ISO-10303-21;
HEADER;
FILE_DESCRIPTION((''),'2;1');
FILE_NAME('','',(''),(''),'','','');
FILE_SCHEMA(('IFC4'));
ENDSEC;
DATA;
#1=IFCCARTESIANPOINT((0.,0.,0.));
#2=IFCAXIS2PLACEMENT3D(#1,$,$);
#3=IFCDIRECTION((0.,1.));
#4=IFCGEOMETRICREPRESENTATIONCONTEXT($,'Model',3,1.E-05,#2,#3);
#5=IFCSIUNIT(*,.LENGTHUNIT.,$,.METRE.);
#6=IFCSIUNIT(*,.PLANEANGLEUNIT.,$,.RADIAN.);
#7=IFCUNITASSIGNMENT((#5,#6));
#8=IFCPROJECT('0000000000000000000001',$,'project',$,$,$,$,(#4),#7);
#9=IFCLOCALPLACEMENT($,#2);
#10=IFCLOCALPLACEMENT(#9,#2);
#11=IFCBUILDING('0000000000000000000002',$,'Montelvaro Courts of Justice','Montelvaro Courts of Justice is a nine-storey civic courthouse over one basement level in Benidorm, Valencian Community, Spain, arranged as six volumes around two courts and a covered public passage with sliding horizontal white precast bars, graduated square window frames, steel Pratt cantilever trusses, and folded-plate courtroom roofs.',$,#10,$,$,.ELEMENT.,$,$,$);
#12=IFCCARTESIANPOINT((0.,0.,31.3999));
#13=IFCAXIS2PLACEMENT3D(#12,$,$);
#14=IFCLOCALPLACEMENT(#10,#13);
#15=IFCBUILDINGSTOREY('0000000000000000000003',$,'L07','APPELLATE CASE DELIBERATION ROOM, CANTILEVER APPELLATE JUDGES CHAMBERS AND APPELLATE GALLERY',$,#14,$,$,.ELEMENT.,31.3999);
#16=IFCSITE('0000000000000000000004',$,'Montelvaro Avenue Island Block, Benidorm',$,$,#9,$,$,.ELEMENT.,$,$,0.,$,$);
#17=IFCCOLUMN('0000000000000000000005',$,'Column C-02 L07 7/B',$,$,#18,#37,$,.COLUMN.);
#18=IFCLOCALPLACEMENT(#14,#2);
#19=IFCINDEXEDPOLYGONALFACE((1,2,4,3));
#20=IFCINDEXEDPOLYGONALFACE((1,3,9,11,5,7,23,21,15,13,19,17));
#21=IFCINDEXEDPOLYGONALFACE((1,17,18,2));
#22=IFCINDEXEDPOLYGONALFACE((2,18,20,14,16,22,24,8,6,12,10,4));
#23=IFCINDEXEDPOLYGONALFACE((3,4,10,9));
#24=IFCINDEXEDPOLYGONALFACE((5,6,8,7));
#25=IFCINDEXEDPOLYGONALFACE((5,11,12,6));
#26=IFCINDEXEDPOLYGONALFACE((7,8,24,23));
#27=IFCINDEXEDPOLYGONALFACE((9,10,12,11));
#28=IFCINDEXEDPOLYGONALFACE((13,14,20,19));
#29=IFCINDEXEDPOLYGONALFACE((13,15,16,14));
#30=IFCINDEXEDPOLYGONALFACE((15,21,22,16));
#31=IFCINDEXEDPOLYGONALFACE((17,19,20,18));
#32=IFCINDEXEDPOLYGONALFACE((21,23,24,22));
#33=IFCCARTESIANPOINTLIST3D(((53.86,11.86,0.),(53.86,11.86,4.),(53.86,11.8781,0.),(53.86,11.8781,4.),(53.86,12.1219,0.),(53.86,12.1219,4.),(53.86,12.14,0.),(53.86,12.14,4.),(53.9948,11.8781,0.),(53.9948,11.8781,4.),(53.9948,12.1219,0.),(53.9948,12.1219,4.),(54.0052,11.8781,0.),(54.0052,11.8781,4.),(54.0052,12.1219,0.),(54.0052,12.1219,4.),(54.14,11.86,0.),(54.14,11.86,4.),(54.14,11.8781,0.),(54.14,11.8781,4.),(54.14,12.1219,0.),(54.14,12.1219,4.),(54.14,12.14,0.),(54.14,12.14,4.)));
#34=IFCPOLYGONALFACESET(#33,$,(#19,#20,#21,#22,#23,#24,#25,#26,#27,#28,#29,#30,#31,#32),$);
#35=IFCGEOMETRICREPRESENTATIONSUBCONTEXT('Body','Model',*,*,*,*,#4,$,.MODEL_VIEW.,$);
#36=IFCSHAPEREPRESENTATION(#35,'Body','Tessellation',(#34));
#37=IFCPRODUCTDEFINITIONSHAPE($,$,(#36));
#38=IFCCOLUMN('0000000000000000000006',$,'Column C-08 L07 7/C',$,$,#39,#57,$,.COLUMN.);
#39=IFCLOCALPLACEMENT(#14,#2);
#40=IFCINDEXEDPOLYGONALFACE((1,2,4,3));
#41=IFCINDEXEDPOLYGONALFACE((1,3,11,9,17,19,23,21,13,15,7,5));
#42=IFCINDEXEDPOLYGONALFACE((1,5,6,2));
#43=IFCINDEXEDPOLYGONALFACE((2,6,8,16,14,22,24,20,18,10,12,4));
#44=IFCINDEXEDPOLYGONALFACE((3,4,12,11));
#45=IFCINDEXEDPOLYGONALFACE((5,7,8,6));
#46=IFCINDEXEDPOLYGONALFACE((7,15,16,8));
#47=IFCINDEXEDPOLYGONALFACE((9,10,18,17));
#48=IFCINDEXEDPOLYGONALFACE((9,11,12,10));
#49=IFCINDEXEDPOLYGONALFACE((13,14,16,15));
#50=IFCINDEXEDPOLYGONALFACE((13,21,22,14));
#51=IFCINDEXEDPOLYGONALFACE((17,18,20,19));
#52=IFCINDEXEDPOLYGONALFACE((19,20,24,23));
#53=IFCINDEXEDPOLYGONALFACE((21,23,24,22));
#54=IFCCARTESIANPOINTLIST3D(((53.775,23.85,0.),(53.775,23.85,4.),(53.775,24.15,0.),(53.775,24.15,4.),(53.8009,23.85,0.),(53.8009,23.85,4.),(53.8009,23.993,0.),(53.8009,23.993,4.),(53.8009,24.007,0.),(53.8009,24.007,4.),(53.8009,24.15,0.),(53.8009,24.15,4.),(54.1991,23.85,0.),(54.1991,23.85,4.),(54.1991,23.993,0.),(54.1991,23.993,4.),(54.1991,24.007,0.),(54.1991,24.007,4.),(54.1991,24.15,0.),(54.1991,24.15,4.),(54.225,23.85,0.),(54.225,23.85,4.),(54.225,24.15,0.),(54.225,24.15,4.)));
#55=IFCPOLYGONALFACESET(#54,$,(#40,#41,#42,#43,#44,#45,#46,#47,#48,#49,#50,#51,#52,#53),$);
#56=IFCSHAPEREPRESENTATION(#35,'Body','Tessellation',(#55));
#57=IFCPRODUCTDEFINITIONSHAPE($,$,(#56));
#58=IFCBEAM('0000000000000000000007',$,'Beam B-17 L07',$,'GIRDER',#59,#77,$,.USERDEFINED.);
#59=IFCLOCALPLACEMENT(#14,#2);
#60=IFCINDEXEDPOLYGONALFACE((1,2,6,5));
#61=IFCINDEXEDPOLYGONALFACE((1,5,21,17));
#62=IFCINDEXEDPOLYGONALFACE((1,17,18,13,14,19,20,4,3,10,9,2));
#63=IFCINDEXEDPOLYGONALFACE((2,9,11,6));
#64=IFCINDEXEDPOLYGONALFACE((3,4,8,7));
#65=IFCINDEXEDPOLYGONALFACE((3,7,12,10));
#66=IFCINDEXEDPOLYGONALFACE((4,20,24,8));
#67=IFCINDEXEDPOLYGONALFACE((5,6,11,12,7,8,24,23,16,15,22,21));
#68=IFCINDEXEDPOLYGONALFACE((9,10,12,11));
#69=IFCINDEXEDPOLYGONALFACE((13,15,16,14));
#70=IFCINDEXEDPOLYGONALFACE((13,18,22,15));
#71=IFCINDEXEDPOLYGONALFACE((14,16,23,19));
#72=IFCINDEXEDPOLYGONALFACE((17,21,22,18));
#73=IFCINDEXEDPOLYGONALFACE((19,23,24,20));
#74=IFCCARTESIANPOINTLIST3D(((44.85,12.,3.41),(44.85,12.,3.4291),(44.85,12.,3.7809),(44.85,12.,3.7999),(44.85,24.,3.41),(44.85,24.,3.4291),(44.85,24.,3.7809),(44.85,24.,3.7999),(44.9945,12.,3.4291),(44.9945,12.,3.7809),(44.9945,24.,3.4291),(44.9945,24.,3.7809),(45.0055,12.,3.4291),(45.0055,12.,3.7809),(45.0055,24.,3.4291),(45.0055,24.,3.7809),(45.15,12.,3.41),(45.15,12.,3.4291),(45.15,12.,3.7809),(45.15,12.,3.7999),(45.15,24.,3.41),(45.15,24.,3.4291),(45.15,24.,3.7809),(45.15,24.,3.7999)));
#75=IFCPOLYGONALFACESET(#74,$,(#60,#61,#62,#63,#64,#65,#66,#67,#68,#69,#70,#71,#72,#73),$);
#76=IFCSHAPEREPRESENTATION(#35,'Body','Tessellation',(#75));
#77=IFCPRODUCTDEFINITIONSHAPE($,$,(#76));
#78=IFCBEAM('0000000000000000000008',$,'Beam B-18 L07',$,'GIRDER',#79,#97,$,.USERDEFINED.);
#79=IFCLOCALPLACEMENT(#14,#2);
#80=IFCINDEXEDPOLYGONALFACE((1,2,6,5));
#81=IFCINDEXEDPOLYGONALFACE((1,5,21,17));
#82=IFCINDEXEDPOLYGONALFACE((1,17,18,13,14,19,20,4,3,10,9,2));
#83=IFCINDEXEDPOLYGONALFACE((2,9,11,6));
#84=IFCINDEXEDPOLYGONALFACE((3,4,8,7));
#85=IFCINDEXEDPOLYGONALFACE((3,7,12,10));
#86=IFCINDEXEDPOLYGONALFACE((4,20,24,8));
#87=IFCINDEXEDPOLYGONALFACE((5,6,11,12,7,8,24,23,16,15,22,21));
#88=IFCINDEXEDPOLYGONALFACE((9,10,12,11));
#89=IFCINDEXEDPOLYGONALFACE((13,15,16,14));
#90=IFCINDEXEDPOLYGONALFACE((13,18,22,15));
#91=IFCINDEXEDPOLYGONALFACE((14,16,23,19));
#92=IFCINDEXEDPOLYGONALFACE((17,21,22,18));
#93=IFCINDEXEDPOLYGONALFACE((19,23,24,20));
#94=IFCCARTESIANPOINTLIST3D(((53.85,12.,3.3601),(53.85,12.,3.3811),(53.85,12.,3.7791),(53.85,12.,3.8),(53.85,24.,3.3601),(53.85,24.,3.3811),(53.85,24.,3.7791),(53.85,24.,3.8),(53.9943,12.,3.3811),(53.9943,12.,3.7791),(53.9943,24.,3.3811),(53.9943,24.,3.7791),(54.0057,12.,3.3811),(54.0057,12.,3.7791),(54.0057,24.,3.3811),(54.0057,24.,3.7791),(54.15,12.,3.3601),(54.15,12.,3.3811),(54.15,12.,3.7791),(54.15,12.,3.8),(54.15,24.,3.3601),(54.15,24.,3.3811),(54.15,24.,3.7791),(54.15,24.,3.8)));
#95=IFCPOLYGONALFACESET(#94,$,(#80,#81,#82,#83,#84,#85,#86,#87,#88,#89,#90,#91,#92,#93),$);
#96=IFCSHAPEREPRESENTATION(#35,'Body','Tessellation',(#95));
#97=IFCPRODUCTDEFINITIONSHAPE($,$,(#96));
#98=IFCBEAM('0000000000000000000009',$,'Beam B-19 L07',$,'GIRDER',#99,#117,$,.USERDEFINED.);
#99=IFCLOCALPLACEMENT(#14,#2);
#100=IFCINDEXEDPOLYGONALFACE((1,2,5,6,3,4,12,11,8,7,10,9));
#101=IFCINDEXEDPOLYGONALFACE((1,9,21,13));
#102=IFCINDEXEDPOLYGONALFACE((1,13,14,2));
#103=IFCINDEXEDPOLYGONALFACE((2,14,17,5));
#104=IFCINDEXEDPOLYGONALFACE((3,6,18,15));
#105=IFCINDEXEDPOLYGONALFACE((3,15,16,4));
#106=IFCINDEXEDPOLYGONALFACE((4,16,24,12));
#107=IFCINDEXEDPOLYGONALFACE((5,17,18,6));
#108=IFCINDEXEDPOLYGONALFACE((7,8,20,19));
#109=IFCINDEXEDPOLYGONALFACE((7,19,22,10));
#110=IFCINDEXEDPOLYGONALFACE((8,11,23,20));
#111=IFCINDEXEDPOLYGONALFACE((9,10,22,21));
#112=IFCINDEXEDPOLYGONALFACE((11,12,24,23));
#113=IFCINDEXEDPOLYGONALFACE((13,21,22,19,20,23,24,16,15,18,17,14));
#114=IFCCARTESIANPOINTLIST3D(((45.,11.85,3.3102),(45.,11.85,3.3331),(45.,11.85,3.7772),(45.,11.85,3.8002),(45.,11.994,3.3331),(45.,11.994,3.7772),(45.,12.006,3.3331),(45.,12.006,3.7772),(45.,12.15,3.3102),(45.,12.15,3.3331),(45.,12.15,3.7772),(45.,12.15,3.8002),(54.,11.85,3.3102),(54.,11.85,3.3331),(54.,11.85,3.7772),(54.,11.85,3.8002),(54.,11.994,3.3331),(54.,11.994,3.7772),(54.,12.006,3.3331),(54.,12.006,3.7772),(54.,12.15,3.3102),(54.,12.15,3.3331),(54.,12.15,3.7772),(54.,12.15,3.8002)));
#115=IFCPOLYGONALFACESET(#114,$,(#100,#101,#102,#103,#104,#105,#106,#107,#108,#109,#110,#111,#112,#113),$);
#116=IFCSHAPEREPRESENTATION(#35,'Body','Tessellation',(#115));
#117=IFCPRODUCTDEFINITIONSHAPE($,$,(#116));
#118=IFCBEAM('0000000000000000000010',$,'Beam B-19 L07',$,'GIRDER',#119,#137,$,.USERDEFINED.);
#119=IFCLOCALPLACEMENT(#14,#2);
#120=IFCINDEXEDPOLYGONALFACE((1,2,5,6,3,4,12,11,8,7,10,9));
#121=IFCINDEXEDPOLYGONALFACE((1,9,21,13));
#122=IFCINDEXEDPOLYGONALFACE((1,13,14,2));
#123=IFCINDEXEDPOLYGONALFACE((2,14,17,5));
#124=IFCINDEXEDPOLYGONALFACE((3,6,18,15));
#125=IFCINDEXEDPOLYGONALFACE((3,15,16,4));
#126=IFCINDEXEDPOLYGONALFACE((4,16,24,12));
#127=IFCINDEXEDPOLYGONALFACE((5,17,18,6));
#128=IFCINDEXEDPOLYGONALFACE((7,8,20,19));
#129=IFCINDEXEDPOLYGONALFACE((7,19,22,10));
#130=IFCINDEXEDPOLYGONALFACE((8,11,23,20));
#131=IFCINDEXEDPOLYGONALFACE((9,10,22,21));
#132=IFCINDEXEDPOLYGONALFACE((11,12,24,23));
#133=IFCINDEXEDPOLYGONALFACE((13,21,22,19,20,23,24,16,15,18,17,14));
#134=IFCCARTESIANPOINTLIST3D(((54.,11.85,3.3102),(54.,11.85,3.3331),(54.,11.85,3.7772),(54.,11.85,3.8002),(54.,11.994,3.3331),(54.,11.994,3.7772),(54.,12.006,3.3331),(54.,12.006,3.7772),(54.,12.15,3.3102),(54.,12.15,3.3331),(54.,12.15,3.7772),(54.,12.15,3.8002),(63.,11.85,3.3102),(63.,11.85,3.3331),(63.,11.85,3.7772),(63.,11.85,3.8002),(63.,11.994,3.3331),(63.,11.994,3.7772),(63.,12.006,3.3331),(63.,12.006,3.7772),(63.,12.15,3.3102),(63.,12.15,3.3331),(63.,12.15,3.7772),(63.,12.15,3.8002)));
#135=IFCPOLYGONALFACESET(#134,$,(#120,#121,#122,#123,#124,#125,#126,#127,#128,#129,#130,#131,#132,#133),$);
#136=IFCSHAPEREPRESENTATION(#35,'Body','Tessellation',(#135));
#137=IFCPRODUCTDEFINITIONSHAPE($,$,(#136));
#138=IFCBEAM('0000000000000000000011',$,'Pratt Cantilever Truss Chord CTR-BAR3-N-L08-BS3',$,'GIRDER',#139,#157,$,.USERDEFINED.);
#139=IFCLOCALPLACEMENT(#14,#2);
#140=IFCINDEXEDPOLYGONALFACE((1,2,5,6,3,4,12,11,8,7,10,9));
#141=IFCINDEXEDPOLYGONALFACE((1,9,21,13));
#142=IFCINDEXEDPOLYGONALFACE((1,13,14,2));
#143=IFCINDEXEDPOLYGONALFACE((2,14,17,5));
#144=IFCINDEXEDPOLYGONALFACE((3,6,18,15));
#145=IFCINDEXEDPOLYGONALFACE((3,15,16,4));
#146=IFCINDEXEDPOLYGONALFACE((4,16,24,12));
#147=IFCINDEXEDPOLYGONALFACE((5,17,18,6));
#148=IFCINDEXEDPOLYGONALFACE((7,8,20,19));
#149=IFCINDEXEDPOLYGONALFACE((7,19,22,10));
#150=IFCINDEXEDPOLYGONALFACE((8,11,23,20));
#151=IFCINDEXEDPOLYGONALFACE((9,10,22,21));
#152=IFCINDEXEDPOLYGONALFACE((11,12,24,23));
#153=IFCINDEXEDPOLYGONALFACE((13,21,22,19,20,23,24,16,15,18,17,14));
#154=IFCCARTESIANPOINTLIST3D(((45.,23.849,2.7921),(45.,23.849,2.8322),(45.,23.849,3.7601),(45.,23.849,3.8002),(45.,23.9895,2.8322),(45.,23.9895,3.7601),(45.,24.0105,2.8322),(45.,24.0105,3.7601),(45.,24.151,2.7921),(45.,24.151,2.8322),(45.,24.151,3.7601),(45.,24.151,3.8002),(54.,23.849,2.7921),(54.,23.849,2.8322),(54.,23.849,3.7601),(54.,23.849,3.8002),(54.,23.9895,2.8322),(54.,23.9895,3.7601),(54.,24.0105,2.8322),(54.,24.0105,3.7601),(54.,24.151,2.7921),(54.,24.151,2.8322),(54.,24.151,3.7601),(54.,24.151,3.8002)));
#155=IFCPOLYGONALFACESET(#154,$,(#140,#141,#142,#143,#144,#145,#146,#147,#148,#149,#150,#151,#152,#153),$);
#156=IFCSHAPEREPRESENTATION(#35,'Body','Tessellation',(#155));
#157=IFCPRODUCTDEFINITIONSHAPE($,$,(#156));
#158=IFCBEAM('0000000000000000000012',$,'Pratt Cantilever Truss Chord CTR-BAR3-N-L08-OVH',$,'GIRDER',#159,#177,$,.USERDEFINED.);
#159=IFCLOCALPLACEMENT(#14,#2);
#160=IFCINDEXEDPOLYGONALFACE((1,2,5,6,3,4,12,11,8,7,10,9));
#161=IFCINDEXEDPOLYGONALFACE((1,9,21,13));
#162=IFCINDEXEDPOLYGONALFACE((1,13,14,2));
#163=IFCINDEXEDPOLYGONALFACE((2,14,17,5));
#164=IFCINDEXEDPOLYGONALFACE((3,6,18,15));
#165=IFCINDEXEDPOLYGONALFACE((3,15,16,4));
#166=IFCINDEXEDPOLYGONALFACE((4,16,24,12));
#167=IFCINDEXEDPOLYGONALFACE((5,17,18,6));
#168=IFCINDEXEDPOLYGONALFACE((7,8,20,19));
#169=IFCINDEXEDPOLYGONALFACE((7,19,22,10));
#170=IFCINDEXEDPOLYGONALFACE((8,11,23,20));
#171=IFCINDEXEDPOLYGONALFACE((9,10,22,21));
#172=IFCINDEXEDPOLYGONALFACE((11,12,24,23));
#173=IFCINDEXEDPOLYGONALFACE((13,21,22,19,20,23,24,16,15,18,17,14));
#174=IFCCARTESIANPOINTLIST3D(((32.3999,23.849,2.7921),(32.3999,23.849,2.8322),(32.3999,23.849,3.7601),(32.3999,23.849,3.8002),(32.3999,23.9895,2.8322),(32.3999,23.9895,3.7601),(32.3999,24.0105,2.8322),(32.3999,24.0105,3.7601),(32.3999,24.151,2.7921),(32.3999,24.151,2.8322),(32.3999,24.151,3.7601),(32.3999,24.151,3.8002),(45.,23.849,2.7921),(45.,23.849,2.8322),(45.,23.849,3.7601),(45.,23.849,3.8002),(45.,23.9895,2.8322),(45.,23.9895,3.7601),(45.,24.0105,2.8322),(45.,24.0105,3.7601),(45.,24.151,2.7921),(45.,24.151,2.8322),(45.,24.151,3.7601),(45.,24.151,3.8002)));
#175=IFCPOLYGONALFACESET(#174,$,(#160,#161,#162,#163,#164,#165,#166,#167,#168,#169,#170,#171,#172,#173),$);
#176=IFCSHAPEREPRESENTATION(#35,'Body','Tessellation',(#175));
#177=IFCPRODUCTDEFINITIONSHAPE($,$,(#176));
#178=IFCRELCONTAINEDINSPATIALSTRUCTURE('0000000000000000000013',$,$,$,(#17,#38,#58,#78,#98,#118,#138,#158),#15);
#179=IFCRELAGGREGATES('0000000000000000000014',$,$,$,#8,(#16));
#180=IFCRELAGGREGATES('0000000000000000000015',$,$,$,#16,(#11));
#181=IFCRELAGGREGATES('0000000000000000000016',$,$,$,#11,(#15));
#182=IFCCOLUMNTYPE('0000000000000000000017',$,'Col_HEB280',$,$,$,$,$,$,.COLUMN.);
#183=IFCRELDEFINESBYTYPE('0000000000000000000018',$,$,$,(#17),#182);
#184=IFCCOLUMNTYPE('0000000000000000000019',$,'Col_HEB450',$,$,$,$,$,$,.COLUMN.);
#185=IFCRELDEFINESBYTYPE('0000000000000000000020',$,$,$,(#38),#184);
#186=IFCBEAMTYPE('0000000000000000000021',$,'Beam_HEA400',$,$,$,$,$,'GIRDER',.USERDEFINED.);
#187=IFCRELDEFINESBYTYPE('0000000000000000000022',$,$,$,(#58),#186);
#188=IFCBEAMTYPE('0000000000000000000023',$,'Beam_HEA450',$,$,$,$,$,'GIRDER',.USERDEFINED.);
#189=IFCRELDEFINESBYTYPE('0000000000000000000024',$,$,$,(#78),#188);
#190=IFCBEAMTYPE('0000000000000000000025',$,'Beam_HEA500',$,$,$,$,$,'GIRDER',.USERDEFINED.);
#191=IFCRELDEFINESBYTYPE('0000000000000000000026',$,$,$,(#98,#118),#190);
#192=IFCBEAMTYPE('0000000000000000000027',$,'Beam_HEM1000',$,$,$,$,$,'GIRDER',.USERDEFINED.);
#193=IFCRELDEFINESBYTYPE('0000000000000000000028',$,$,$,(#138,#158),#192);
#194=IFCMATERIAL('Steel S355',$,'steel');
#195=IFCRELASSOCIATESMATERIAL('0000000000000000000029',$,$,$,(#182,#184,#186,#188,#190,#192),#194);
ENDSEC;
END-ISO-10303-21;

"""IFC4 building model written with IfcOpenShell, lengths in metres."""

from ifc_helpers import new_model, si_unit, direction, frame, origin, origin_2d, place, context, subcontext, project, spatial, i_section, extrude, material, material_profile, profile_set, type_object, element, save


model = new_model("IFC4")

# Units and contexts
model_context = context("Model", 3, precision=1e-05, world=origin(), true_north=direction((0.0, 1.0)))
body_context = subcontext(model_context, "Body", "Model", "MODEL_VIEW")
ifc_project = project(units=[si_unit("LENGTHUNIT", "METRE"), si_unit("PLANEANGLEUNIT", "RADIAN")], contexts=[model_context])

# Site, building, storey
site_placement = place(None, origin())
site = spatial("IfcSite", under=ifc_project, at=site_placement, Name="Montelvaro Avenue Island Block, Benidorm", CompositionType="ELEMENT", RefElevation=0.0)
building_placement = place(site_placement, origin())
building = spatial("IfcBuilding", under=site, at=building_placement, Name="Montelvaro Courts of Justice", Description="Montelvaro Courts of Justice is a nine-storey civic courthouse over one basement level in Benidorm, Valencian Community, Spain, arranged as six volumes around two courts and a covered public passage with sliding horizontal white precast bars, graduated square window frames, steel Pratt cantilever trusses, and folded-plate courtroom roofs.", CompositionType="ELEMENT")
storey_placement = place(building_placement, frame((0.0, 0.0, 31.3999)))
storey = spatial("IfcBuildingStorey", under=building, at=storey_placement, Name="L07", Description="APPELLATE CASE DELIBERATION ROOM, CANTILEVER APPELLATE JUDGES CHAMBERS AND APPELLATE GALLERY", CompositionType="ELEMENT", Elevation=31.3999)

# Columns
ifc_material_1 = material(Name="Steel S355", Category="steel")
ifc_material_profile_1 = material_profile(ifc_material_1, i_section(OverallWidth=0.28, OverallDepth=0.28, WebThickness=0.0105, FlangeThickness=0.0181, at=origin_2d()), Name="HEB 280")
ifc_profile_set_1 = profile_set([ifc_material_profile_1], Name="Steel S355")
column_type_1 = type_object("IfcColumnType", Name="Col_HEB280", PredefinedType="COLUMN", material=ifc_profile_set_1)
column_1_placement = place(storey_placement, frame((54.0, 12.0, 0.0), z_axis=(0.0, 0.0, 1.0), x_axis=(1.0, 0.0, 0.0)))
element("IfcColumn", 1, at=column_1_placement, inside=storey, type_object=column_type_1, Name="Column C-02 L07 7/B", PredefinedType="COLUMN", context=body_context, shape_type="SweptSolid", body=[
    extrude(i_section(OverallWidth=0.28, OverallDepth=0.28, WebThickness=0.0105, FlangeThickness=0.0181, at=origin_2d()), origin(), (0.0, 0.0, 1.0), 4.0),
])
ifc_material_profile_2 = material_profile(ifc_material_1, i_section(OverallWidth=0.3, OverallDepth=0.45, WebThickness=0.0139, FlangeThickness=0.0259, at=origin_2d()), Name="HEB 450")
ifc_profile_set_2 = profile_set([ifc_material_profile_2], Name="Steel S355")
column_type_2 = type_object("IfcColumnType", Name="Col_HEB450", PredefinedType="COLUMN", material=ifc_profile_set_2)
column_2_placement = place(storey_placement, frame((54.0, 24.0, 0.0), z_axis=(0.0, 0.0, 1.0), x_axis=(0.0, 1.0, 0.0)))
element("IfcColumn", 2, at=column_2_placement, inside=storey, type_object=column_type_2, Name="Column C-08 L07 7/C", PredefinedType="COLUMN", context=body_context, shape_type="SweptSolid", body=[
    extrude(i_section(OverallWidth=0.3, OverallDepth=0.45, WebThickness=0.0139, FlangeThickness=0.0259, at=origin_2d()), origin(), (0.0, 0.0, 1.0), 4.0),
])

# Beams
ifc_material_profile_3 = material_profile(ifc_material_1, i_section(OverallWidth=0.3, OverallDepth=0.3899, WebThickness=0.011, FlangeThickness=0.019, at=origin_2d()), Name="HEA 400")
ifc_profile_set_3 = profile_set([ifc_material_profile_3], Name="Steel S355")
beam_type_1 = type_object("IfcBeamType", Name="Beam_HEA400", ElementType="GIRDER", PredefinedType="USERDEFINED", material=ifc_profile_set_3)
beam_1_placement = place(storey_placement, frame((45.0, 12.0, 3.605), z_axis=(0.0, 1.0, 0.0), x_axis=(-1.0, 0.0, 0.0)))
element("IfcBeam", 3, at=beam_1_placement, inside=storey, type_object=beam_type_1, Name="Beam B-17 L07", ObjectType="GIRDER", PredefinedType="USERDEFINED", context=body_context, shape_type="SweptSolid", body=[
    extrude(i_section(OverallWidth=0.3, OverallDepth=0.3899, WebThickness=0.011, FlangeThickness=0.019, at=origin_2d()), origin(), (0.0, 0.0, 1.0), 12.0),
])
ifc_material_profile_4 = material_profile(ifc_material_1, i_section(OverallWidth=0.3, OverallDepth=0.4399, WebThickness=0.0115, FlangeThickness=0.021, at=origin_2d()), Name="HEA 450")
ifc_profile_set_4 = profile_set([ifc_material_profile_4], Name="Steel S355")
beam_type_2 = type_object("IfcBeamType", Name="Beam_HEA450", ElementType="GIRDER", PredefinedType="USERDEFINED", material=ifc_profile_set_4)
beam_2_placement = place(storey_placement, frame((54.0, 12.0, 3.5801), z_axis=(0.0, 1.0, 0.0), x_axis=(-1.0, 0.0, 0.0)))
element("IfcBeam", 4, at=beam_2_placement, inside=storey, type_object=beam_type_2, Name="Beam B-18 L07", ObjectType="GIRDER", PredefinedType="USERDEFINED", context=body_context, shape_type="SweptSolid", body=[
    extrude(i_section(OverallWidth=0.3, OverallDepth=0.4399, WebThickness=0.0115, FlangeThickness=0.021, at=origin_2d()), origin(), (0.0, 0.0, 1.0), 12.0),
])
ifc_material_profile_5 = material_profile(ifc_material_1, i_section(OverallWidth=0.3, OverallDepth=0.49, WebThickness=0.012, FlangeThickness=0.0229, at=origin_2d()), Name="HEA 500")
ifc_profile_set_5 = profile_set([ifc_material_profile_5], Name="Steel S355")
beam_type_3 = type_object("IfcBeamType", Name="Beam_HEA500", ElementType="GIRDER", PredefinedType="USERDEFINED", material=ifc_profile_set_5)
for number, where, z_axis, x_axis, name in (
    (5, (45.0, 12.0, 3.5552), (1.0, 0.0, 0.0), (0.0, 1.0, 0.0), "Beam B-19 L07"),
    (6, (54.0, 12.0, 3.5552), (1.0, 0.0, 0.0), (0.0, 1.0, 0.0), "Beam B-19 L07"),
):
    element("IfcBeam", number, at=place(storey_placement, frame(where, z_axis=z_axis, x_axis=x_axis)), inside=storey, type_object=beam_type_3, Name=name, ObjectType="GIRDER", PredefinedType="USERDEFINED", context=body_context, shape_type="SweptSolid", body=[
        extrude(i_section(OverallWidth=0.3, OverallDepth=0.49, WebThickness=0.012, FlangeThickness=0.0229, at=origin_2d()), origin(), (0.0, 0.0, 1.0), 9.0),
    ])
ifc_material_profile_6 = material_profile(ifc_material_1, i_section(OverallWidth=0.302, OverallDepth=1.0081, WebThickness=0.021, FlangeThickness=0.04, at=origin_2d()), Name="HEM 1000")
ifc_profile_set_6 = profile_set([ifc_material_profile_6], Name="Steel S355")
beam_type_4 = type_object("IfcBeamType", Name="Beam_HEM1000", ElementType="GIRDER", PredefinedType="USERDEFINED", material=ifc_profile_set_6)
beam_3_placement = place(storey_placement, frame((54.0, 24.0, 3.2961), z_axis=(-1.0, 0.0, 0.0), x_axis=(0.0, -1.0, 0.0)))
element("IfcBeam", 7, at=beam_3_placement, inside=storey, type_object=beam_type_4, Name="Pratt Cantilever Truss Chord CTR-BAR3-N-L08-BS3", ObjectType="GIRDER", PredefinedType="USERDEFINED", context=body_context, shape_type="SweptSolid", body=[
    extrude(i_section(OverallWidth=0.302, OverallDepth=1.0081, WebThickness=0.021, FlangeThickness=0.04, at=origin_2d()), origin(), (0.0, 0.0, 1.0), 9.0),
])
beam_4_placement = place(storey_placement, frame((45.0, 24.0, 3.2961), z_axis=(-1.0, 0.0, 0.0), x_axis=(0.0, -1.0, 0.0)))
element("IfcBeam", 8, at=beam_4_placement, inside=storey, type_object=beam_type_4, Name="Pratt Cantilever Truss Chord CTR-BAR3-N-L08-OVH", ObjectType="GIRDER", PredefinedType="USERDEFINED", context=body_context, shape_type="SweptSolid", body=[
    extrude(i_section(OverallWidth=0.302, OverallDepth=1.0081, WebThickness=0.021, FlangeThickness=0.04, at=origin_2d()), origin(), (0.0, 0.0, 1.0), 12.6001),
])

save(model, "model.ifc")
